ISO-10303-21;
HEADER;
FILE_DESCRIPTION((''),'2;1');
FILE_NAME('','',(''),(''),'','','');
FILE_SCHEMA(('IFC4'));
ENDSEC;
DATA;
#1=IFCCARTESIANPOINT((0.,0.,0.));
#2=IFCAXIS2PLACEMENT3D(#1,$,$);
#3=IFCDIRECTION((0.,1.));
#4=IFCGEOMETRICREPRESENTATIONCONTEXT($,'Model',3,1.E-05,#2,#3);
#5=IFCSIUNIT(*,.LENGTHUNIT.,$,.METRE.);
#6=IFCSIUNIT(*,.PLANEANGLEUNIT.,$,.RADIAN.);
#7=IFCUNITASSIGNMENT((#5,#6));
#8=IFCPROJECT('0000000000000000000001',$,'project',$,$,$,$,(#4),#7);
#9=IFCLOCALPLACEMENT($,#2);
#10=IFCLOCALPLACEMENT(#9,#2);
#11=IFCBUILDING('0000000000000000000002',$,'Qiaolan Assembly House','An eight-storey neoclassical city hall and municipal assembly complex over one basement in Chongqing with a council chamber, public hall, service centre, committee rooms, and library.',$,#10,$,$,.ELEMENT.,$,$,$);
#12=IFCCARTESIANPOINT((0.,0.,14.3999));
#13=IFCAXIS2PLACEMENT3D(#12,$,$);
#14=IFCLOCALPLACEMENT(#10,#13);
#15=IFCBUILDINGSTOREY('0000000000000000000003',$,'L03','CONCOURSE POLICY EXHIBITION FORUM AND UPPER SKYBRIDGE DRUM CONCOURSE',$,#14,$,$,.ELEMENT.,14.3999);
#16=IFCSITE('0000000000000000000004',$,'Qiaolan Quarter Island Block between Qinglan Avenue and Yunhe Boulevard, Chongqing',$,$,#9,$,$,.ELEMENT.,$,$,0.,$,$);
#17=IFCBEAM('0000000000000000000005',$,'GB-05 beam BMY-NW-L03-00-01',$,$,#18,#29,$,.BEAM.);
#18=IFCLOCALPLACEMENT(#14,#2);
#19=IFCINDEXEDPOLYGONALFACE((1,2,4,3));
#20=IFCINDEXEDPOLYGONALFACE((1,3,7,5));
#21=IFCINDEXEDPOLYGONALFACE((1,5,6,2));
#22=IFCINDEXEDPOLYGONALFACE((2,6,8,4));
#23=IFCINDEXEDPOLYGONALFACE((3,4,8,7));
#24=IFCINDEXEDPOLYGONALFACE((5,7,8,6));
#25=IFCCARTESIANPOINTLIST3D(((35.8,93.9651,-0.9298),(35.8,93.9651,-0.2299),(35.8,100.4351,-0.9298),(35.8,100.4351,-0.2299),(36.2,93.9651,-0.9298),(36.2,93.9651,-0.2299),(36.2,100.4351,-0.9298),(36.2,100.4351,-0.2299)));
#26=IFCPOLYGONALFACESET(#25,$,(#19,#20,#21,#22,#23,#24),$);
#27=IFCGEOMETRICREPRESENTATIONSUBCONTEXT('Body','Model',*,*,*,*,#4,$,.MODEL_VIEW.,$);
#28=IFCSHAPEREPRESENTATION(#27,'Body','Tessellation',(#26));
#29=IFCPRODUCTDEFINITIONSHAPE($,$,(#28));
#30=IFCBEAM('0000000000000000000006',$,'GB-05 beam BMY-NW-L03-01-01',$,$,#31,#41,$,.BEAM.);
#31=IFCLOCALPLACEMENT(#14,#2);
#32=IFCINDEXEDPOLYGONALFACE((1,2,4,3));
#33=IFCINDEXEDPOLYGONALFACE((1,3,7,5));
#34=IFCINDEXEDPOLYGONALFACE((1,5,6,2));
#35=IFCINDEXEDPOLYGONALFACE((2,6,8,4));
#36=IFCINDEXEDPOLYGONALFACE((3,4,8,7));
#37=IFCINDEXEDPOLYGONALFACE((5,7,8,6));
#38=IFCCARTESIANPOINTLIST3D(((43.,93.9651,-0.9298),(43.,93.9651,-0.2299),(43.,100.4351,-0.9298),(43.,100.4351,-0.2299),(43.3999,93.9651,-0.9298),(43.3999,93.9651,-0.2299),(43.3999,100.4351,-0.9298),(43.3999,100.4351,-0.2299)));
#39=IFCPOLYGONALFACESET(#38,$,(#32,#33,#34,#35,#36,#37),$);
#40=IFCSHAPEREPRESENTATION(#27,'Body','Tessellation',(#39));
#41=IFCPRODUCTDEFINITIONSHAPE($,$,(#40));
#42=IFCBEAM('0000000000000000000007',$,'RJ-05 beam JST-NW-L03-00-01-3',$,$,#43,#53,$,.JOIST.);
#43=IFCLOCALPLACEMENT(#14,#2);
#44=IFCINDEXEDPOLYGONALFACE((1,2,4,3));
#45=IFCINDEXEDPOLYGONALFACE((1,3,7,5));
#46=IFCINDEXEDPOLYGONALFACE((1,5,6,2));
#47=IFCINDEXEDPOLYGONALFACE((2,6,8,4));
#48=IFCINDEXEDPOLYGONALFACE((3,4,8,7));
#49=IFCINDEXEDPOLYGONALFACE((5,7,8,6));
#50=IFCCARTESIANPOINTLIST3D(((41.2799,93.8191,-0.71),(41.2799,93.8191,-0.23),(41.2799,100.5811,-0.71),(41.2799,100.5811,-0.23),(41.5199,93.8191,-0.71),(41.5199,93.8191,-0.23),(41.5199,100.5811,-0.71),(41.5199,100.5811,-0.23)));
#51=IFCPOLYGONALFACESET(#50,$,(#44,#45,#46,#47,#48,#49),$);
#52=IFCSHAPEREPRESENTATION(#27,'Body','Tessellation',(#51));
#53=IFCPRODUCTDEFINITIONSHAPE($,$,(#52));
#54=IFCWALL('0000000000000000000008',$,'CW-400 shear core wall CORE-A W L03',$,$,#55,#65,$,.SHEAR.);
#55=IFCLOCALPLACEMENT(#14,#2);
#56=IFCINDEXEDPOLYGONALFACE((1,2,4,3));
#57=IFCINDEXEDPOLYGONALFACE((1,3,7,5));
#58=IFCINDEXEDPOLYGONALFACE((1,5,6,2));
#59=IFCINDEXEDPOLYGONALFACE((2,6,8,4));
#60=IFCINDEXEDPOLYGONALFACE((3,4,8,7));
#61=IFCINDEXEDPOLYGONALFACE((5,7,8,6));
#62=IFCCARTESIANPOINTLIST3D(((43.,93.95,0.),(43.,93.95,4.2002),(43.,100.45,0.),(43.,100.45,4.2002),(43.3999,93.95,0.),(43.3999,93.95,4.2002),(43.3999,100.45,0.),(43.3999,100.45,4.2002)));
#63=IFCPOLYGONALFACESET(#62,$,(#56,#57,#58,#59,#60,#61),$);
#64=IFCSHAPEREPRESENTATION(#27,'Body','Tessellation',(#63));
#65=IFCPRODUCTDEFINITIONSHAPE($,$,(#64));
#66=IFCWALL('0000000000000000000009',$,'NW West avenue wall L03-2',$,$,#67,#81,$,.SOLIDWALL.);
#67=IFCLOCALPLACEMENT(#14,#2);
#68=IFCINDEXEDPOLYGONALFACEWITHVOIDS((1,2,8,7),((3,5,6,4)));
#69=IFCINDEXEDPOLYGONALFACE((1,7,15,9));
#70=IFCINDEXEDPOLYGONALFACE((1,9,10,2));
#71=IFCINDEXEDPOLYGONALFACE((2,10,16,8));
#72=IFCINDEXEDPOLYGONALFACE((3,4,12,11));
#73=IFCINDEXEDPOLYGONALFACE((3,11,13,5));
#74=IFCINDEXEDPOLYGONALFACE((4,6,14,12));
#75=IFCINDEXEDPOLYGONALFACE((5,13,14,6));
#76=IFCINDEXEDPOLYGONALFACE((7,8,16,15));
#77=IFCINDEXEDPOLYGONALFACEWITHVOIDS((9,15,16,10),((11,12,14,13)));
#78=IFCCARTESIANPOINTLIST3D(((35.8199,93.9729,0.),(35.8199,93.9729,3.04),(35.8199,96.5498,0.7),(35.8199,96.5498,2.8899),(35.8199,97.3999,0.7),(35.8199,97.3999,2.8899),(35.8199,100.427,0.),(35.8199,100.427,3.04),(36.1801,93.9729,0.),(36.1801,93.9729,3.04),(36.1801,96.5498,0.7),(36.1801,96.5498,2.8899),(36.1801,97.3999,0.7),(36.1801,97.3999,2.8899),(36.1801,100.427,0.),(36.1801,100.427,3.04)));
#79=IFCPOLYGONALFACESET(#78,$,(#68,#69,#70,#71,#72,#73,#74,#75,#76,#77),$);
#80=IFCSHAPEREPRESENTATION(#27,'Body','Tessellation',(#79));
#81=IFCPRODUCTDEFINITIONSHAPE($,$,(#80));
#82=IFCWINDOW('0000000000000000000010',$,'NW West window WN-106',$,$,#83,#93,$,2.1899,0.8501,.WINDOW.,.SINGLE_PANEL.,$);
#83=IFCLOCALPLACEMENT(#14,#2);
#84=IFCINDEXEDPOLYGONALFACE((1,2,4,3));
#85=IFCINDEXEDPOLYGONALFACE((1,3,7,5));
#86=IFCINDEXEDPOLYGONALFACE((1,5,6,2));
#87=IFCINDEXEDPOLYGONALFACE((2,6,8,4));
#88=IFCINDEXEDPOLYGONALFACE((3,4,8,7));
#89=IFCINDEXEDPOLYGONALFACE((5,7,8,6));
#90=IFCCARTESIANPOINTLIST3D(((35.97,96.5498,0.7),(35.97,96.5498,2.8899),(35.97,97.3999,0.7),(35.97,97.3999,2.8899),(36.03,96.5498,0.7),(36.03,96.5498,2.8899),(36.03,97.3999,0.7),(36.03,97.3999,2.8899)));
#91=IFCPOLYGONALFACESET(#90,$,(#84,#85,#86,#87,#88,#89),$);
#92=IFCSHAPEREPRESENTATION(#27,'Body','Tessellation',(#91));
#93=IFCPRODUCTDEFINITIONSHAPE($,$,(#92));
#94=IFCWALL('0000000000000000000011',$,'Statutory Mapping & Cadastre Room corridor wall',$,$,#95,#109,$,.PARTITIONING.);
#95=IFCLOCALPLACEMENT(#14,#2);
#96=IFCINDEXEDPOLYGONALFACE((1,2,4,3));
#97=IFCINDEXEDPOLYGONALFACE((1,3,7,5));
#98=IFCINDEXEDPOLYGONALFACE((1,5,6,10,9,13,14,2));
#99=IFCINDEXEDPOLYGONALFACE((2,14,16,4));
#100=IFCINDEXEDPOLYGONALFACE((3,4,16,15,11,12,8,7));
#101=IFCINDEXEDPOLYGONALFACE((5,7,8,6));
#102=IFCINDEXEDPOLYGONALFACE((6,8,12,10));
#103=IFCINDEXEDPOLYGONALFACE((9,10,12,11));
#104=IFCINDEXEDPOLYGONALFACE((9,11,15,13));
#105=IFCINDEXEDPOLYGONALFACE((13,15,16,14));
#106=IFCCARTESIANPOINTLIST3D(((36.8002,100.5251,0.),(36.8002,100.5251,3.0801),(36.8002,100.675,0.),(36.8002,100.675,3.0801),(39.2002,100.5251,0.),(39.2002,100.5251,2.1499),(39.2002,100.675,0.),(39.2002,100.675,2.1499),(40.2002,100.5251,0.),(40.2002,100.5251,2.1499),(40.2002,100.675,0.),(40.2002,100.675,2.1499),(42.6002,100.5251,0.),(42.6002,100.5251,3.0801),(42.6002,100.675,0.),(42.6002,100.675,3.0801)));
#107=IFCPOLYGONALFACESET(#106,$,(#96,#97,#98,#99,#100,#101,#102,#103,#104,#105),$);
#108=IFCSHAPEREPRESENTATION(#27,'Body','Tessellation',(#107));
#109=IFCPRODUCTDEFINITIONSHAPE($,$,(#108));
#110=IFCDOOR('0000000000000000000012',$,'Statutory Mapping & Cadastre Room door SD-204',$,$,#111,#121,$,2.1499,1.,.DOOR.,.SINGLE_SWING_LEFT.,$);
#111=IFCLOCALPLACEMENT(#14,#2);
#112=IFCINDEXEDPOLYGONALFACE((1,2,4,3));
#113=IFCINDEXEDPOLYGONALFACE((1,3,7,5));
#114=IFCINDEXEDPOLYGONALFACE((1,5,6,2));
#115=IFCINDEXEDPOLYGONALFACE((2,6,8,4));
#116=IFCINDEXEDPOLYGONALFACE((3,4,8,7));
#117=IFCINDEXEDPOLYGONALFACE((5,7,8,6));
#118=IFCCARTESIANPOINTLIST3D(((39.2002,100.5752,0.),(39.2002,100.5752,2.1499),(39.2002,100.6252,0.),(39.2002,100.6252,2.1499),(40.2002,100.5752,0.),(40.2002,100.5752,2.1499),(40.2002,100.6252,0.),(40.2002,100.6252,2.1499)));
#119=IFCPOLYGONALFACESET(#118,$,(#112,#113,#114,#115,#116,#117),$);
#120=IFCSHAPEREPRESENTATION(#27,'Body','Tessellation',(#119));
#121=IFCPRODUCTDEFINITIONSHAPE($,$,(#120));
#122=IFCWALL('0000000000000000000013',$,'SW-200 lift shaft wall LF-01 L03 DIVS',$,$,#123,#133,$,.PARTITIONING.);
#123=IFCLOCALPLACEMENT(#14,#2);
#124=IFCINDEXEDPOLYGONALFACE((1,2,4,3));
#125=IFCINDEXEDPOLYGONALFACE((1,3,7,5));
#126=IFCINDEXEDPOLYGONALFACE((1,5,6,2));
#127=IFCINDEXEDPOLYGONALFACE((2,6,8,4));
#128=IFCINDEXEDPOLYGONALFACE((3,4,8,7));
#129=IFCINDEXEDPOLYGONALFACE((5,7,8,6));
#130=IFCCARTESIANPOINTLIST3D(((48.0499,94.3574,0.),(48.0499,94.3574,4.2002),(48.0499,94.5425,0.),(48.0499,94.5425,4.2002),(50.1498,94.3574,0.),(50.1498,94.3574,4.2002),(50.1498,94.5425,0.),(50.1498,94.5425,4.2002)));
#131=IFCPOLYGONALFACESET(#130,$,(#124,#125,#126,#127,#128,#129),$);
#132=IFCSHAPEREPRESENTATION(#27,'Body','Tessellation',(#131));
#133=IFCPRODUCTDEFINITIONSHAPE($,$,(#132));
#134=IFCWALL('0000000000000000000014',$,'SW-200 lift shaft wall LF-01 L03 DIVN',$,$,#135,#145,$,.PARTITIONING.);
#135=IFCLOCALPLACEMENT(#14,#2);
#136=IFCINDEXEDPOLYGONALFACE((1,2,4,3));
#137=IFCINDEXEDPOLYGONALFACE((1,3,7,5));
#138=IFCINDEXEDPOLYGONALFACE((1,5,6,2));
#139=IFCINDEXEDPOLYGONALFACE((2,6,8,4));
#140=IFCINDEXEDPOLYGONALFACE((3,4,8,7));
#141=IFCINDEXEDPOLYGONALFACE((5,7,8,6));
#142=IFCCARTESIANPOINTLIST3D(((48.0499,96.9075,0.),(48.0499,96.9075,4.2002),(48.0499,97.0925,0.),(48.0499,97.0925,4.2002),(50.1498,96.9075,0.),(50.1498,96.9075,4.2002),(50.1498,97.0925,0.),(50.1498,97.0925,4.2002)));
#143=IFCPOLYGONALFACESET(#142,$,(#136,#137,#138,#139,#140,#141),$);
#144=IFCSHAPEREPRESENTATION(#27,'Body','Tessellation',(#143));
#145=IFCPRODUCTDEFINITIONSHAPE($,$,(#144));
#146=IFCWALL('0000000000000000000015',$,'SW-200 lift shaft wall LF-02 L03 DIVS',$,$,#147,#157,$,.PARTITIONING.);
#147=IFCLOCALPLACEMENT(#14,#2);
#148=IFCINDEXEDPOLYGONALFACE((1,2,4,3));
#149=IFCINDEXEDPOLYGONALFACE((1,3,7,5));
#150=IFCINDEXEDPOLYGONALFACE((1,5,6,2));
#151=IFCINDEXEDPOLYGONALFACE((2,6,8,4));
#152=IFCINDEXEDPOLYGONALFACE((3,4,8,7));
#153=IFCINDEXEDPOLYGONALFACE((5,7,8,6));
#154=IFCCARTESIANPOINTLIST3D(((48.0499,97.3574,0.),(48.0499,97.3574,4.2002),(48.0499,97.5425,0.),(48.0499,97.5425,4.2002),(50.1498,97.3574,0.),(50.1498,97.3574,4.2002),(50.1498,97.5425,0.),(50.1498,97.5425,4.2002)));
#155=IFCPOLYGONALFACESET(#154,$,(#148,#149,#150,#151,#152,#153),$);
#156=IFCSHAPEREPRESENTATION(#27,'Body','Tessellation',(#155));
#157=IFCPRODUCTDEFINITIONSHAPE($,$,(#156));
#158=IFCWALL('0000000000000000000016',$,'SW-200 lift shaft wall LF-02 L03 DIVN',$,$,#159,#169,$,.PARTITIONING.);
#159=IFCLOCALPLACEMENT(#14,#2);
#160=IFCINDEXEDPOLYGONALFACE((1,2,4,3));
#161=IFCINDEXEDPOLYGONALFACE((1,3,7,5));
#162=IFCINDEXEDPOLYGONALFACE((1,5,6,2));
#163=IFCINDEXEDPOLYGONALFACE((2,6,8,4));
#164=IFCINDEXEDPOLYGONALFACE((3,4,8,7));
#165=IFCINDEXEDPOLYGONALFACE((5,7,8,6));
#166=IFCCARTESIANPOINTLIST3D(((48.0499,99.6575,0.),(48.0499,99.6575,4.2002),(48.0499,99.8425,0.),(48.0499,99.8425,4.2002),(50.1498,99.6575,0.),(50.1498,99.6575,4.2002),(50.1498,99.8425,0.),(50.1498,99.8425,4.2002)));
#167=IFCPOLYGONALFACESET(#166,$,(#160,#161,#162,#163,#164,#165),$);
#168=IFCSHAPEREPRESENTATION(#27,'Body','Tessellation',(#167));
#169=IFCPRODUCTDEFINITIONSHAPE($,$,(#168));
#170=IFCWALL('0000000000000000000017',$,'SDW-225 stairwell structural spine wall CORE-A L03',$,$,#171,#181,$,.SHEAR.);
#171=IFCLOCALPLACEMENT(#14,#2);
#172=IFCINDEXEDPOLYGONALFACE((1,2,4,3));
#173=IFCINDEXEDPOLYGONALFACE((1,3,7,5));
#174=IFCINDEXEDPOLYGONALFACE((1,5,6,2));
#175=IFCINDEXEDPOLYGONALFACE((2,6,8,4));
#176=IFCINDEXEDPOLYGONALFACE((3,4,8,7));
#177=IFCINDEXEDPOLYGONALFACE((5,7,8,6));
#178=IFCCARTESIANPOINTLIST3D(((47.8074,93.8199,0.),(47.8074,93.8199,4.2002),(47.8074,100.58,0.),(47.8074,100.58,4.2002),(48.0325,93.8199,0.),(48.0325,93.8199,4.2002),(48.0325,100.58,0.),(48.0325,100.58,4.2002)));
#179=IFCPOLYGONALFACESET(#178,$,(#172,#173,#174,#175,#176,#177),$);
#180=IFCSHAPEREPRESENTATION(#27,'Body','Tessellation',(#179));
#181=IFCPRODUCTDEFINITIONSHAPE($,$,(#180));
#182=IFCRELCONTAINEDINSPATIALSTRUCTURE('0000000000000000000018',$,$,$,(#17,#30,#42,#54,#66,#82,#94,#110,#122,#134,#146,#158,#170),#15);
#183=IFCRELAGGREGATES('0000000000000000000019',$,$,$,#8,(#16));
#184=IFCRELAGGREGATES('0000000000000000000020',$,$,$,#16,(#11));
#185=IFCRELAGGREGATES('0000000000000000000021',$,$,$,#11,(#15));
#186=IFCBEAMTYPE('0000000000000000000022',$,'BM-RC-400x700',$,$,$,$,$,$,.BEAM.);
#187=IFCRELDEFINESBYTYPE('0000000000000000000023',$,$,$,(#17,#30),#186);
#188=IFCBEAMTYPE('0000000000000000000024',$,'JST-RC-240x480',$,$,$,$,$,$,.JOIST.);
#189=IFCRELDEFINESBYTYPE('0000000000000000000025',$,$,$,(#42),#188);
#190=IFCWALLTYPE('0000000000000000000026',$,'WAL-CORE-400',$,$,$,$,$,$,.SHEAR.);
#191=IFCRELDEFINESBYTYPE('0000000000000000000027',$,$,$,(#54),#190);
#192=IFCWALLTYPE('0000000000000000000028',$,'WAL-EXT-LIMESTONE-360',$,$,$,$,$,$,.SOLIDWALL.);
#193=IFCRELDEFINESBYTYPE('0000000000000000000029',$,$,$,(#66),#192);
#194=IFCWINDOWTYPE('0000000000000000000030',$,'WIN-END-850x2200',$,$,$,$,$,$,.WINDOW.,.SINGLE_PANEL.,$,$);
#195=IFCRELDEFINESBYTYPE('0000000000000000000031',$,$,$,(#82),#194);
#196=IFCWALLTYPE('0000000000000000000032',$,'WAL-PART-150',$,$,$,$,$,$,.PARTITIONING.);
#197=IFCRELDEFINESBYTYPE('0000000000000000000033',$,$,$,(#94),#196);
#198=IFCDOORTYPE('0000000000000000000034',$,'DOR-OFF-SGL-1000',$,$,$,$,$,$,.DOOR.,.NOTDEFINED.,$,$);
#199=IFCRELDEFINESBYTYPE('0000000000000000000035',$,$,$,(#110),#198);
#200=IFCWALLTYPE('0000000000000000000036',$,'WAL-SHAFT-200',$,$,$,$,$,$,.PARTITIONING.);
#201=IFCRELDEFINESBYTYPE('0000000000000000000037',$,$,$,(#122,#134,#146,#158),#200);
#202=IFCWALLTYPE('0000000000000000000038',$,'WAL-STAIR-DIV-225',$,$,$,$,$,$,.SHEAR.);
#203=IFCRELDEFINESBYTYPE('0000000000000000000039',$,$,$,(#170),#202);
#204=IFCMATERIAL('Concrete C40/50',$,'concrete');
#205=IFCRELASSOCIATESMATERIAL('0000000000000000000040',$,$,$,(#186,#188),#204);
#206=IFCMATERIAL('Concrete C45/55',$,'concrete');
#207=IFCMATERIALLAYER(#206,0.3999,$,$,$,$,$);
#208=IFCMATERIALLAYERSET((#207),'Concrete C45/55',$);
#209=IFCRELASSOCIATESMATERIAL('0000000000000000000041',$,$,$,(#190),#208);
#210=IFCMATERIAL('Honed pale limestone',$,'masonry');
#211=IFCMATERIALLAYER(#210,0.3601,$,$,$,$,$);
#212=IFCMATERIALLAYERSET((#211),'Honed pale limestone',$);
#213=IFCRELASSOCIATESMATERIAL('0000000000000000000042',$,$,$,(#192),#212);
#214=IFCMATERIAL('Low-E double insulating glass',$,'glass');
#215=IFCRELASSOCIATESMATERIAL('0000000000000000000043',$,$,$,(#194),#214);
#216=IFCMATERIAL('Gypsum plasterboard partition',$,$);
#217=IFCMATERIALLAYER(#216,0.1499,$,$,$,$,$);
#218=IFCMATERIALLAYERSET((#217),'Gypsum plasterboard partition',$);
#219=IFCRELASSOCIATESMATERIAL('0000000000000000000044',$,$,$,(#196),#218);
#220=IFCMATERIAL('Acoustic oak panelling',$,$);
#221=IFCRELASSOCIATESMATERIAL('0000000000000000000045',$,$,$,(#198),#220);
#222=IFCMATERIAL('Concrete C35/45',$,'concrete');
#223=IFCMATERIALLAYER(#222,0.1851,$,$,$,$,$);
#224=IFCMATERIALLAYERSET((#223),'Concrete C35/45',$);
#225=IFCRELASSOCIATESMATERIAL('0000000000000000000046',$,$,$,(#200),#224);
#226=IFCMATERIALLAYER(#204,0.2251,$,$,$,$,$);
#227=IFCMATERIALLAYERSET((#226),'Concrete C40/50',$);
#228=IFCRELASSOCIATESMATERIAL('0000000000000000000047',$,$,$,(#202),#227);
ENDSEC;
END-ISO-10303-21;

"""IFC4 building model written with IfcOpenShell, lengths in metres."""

from ifc_helpers import new_model, si_unit, direction, frame, frame_2d, origin, origin_2d, place, context, subcontext, project, spatial, rectangle, extrude, material, layer, layer_set, material_profile, profile_set, type_object, element, fill, save


model = new_model("IFC4")

# Units and contexts
model_context = context("Model", 3, precision=1e-05, world=origin(), true_north=direction((0.0, 1.0)))
body_context = subcontext(model_context, "Body", "Model", "MODEL_VIEW")
ifc_project = project(units=[si_unit("LENGTHUNIT", "METRE"), si_unit("PLANEANGLEUNIT", "RADIAN")], contexts=[model_context])

# Site, building, storey
site_placement = place(None, origin())
site = spatial("IfcSite", under=ifc_project, at=site_placement, Name="Qiaolan Quarter Island Block between Qinglan Avenue and Yunhe Boulevard, Chongqing", CompositionType="ELEMENT", RefElevation=0.0)
building_placement = place(site_placement, origin())
building = spatial("IfcBuilding", under=site, at=building_placement, Name="Qiaolan Assembly House", Description="An eight-storey neoclassical city hall and municipal assembly complex over one basement in Chongqing with a council chamber, public hall, service centre, committee rooms, and library.", CompositionType="ELEMENT")
storey_placement = place(building_placement, frame((0.0, 0.0, 14.3999)))
storey = spatial("IfcBuildingStorey", under=building, at=storey_placement, Name="L03", Description="CONCOURSE POLICY EXHIBITION FORUM AND UPPER SKYBRIDGE DRUM CONCOURSE", CompositionType="ELEMENT", Elevation=14.3999)

# Beams
ifc_material_1 = material(Name="Concrete C40/50", Category="concrete")
ifc_material_profile_1 = material_profile(ifc_material_1, rectangle(XDim=0.3999, YDim=0.7, at=origin_2d()), Name="RCB 400x700")
ifc_profile_set_1 = profile_set([ifc_material_profile_1], Name="Concrete C40/50")
beam_type_1 = type_object("IfcBeamType", Name="BM-RC-400x700", PredefinedType="BEAM", material=ifc_profile_set_1)
for number, where, z_axis, x_axis, name in (
    (1, (36.0, 93.9651, -0.5798), (0.0, 1.0, 0.0), (-1.0, 0.0, 0.0), "GB-05 beam BMY-NW-L03-00-01"),
    (2, (43.2, 93.9651, -0.5798), (0.0, 1.0, 0.0), (-1.0, 0.0, 0.0), "GB-05 beam BMY-NW-L03-01-01"),
):
    element("IfcBeam", number, at=place(storey_placement, frame(where, z_axis=z_axis, x_axis=x_axis)), inside=storey, type_object=beam_type_1, Name=name, PredefinedType="BEAM", context=body_context, shape_type="SweptSolid", body=[
        extrude(rectangle(XDim=0.3999, YDim=0.7, at=origin_2d()), origin(), (0.0, 0.0, 1.0), 6.47),
    ])
ifc_material_profile_2 = material_profile(ifc_material_1, rectangle(XDim=0.24, YDim=0.48, at=origin_2d()), Name="RCB 240x480")
ifc_profile_set_2 = profile_set([ifc_material_profile_2], Name="Concrete C40/50")
beam_type_2 = type_object("IfcBeamType", Name="JST-RC-240x480", PredefinedType="JOIST", material=ifc_profile_set_2)
beam_placement = place(storey_placement, frame((41.3999, 93.8191, -0.47), z_axis=(0.0, 1.0, 0.0), x_axis=(-1.0, 0.0, 0.0)))
element("IfcBeam", 3, at=beam_placement, inside=storey, type_object=beam_type_2, Name="RJ-05 beam JST-NW-L03-00-01-3", PredefinedType="JOIST", context=body_context, shape_type="SweptSolid", body=[
    extrude(rectangle(XDim=0.24, YDim=0.48, at=origin_2d()), origin(), (0.0, 0.0, 1.0), 6.762),
])

# Wall
ifc_material_2 = material(Name="Concrete C45/55", Category="concrete")
ifc_layer_1 = layer(ifc_material_2, 0.3999)
ifc_layer_set_1 = layer_set([ifc_layer_1], Name="Concrete C45/55")
wall_type_1 = type_object("IfcWallType", Name="WAL-CORE-400", PredefinedType="SHEAR", material=ifc_layer_set_1)
wall_1_placement = place(storey_placement, frame((43.2, 100.45, 0.0), z_axis=(0.0, 0.0, 1.0), x_axis=(0.0, -1.0, 0.0)))
element("IfcWall", 4, at=wall_1_placement, inside=storey, type_object=wall_type_1, Name="CW-400 shear core wall CORE-A W L03", PredefinedType="SHEAR", context=body_context, shape_type="SweptSolid", body=[
    extrude(rectangle(XDim=6.5, YDim=0.3999, at=frame_2d((3.25, 0.0))), origin(), (0.0, 0.0, 1.0), 4.2002),
])

# Wall, opening, window
ifc_material_3 = material(Name="Honed pale limestone", Category="masonry")
ifc_layer_2 = layer(ifc_material_3, 0.3601)
ifc_layer_set_2 = layer_set([ifc_layer_2], Name="Honed pale limestone")
wall_type_2 = type_object("IfcWallType", Name="WAL-EXT-LIMESTONE-360", PredefinedType="SOLIDWALL", material=ifc_layer_set_2)
wall_2_placement = place(storey_placement, frame((36.0, 93.9729, 0.0), z_axis=(0.0, 0.0, 1.0), x_axis=(0.0, 1.0, 0.0)))
wall_2 = element("IfcWall", 5, at=wall_2_placement, inside=storey, type_object=wall_type_2, Name="NW West avenue wall L03-2", PredefinedType="SOLIDWALL", context=body_context, shape_type="SweptSolid", body=[
    extrude(rectangle(XDim=6.4541, YDim=0.3601, at=frame_2d((3.2271, 0.0))), origin(), (0.0, 0.0, 1.0), 3.04),
])
opening_1_placement = place(wall_2_placement, frame((2.5769, 0.0, 0.7)))
opening_1 = element("IfcOpeningElement", 6, at=opening_1_placement, cuts=wall_2, PredefinedType="OPENING", context=body_context, shape_type="SweptSolid", body=[
    extrude(rectangle(XDim=0.8501, YDim=2.1899, at=frame_2d((0.425, 1.095))), frame((0.0, 0.1899, 0.0), z_axis=(0.0, -1.0, 0.0), x_axis=(1.0, 0.0, 0.0)), (0.0, 0.0, 1.0), 0.3801),
])
ifc_material_4 = material(Name="Low-E double insulating glass", Category="glass")
window_type = type_object("IfcWindowType", Name="WIN-END-850x2200", PartitioningType="SINGLE_PANEL", PredefinedType="WINDOW", material=ifc_material_4)
window_placement = place(opening_1_placement, origin())
window = element("IfcWindow", 7, at=window_placement, inside=storey, type_object=window_type, Name="NW West window WN-106", OverallHeight=2.1899, OverallWidth=0.8501, PartitioningType="SINGLE_PANEL", PredefinedType="WINDOW", context=body_context, shape_type="SweptSolid", body=[
    extrude(rectangle(XDim=0.8501, YDim=2.1899, at=frame_2d((0.425, 1.095))), frame((0.0, 0.03, 0.0), z_axis=(0.0, -1.0, 0.0), x_axis=(1.0, 0.0, 0.0)), (0.0, 0.0, 1.0), 0.0601),
])
fill(opening_1, window)

# Wall, opening, door
ifc_material_5 = material(Name="Gypsum plasterboard partition")
ifc_layer_3 = layer(ifc_material_5, 0.1499)
ifc_layer_set_3 = layer_set([ifc_layer_3], Name="Gypsum plasterboard partition")
wall_type_3 = type_object("IfcWallType", Name="WAL-PART-150", PredefinedType="PARTITIONING", material=ifc_layer_set_3)
wall_3_placement = place(storey_placement, frame((42.6001, 100.6001, 0.0), z_axis=(0.0, 0.0, 1.0), x_axis=(-1.0, 0.0, 0.0)))
wall_3 = element("IfcWall", 8, at=wall_3_placement, inside=storey, type_object=wall_type_3, Name="Statutory Mapping & Cadastre Room corridor wall", PredefinedType="PARTITIONING", context=body_context, shape_type="SweptSolid", body=[
    extrude(rectangle(XDim=5.8, YDim=0.1499, at=frame_2d((2.8999, 0.0))), origin(), (0.0, 0.0, 1.0), 3.0801),
])
opening_2_placement = place(wall_3_placement, frame((2.3999, 0.0, 0.0)))
opening_2 = element("IfcOpeningElement", 9, at=opening_2_placement, cuts=wall_3, PredefinedType="OPENING", context=body_context, shape_type="SweptSolid", body=[
    extrude(rectangle(XDim=1.0, YDim=2.1499, at=frame_2d((0.5, 1.075))), frame((0.0, 0.085, 0.0), z_axis=(0.0, -1.0, 0.0), x_axis=(1.0, 0.0, 0.0)), (0.0, 0.0, 1.0), 0.1699),
])
ifc_material_6 = material(Name="Acoustic oak panelling")
door_type = type_object("IfcDoorType", Name="DOR-OFF-SGL-1000", OperationType="NOTDEFINED", PredefinedType="DOOR", material=ifc_material_6)
door_placement = place(opening_2_placement, origin())
door = element("IfcDoor", 10, at=door_placement, inside=storey, type_object=door_type, Name="Statutory Mapping & Cadastre Room door SD-204", OperationType="SINGLE_SWING_LEFT", OverallHeight=2.1499, OverallWidth=1.0, PredefinedType="DOOR", context=body_context, shape_type="SweptSolid", body=[
    extrude(rectangle(XDim=1.0, YDim=2.1499, at=frame_2d((0.5, 1.075))), frame((0.0, 0.0249, 0.0), z_axis=(0.0, -1.0, 0.0), x_axis=(1.0, 0.0, 0.0)), (0.0, 0.0, 1.0), 0.05),
])
fill(opening_2, door)

# Walls
ifc_material_7 = material(Name="Concrete C35/45", Category="concrete")
ifc_layer_4 = layer(ifc_material_7, 0.1851)
ifc_layer_set_4 = layer_set([ifc_layer_4], Name="Concrete C35/45")
wall_type_4 = type_object("IfcWallType", Name="WAL-SHAFT-200", PredefinedType="PARTITIONING", material=ifc_layer_set_4)
for number, where, z_axis, x_axis, name in (
    (11, (48.05, 94.45, 0.0), (0.0, 0.0, 1.0), (1.0, 0.0, 0.0), "SW-200 lift shaft wall LF-01 L03 DIVS"),
    (12, (48.05, 97.0, 0.0), (0.0, 0.0, 1.0), (1.0, 0.0, 0.0), "SW-200 lift shaft wall LF-01 L03 DIVN"),
    (13, (48.05, 97.45, 0.0), (0.0, 0.0, 1.0), (1.0, 0.0, 0.0), "SW-200 lift shaft wall LF-02 L03 DIVS"),
    (14, (48.05, 99.75, 0.0), (0.0, 0.0, 1.0), (1.0, 0.0, 0.0), "SW-200 lift shaft wall LF-02 L03 DIVN"),
):
    element("IfcWall", number, at=place(storey_placement, frame(where, z_axis=z_axis, x_axis=x_axis)), inside=storey, type_object=wall_type_4, Name=name, PredefinedType="PARTITIONING", context=body_context, shape_type="SweptSolid", body=[
        extrude(rectangle(XDim=2.0999, YDim=0.1851, at=frame_2d((1.0498, 0.0))), origin(), (0.0, 0.0, 1.0), 4.2002),
    ])
ifc_layer_5 = layer(ifc_material_1, 0.2251)
ifc_layer_set_5 = layer_set([ifc_layer_5], Name="Concrete C40/50")
wall_type_5 = type_object("IfcWallType", Name="WAL-STAIR-DIV-225", PredefinedType="SHEAR", material=ifc_layer_set_5)
wall_4_placement = place(storey_placement, frame((47.9199, 93.8201, 0.0), z_axis=(0.0, 0.0, 1.0), x_axis=(0.0, 1.0, 0.0)))
element("IfcWall", 15, at=wall_4_placement, inside=storey, type_object=wall_type_5, Name="SDW-225 stairwell structural spine wall CORE-A L03", PredefinedType="SHEAR", context=body_context, shape_type="SweptSolid", body=[
    extrude(rectangle(XDim=6.76, YDim=0.2251, at=frame_2d((3.3799, 0.0))), origin(), (0.0, 0.0, 1.0), 4.2002),
])

save(model, "model.ifc")
